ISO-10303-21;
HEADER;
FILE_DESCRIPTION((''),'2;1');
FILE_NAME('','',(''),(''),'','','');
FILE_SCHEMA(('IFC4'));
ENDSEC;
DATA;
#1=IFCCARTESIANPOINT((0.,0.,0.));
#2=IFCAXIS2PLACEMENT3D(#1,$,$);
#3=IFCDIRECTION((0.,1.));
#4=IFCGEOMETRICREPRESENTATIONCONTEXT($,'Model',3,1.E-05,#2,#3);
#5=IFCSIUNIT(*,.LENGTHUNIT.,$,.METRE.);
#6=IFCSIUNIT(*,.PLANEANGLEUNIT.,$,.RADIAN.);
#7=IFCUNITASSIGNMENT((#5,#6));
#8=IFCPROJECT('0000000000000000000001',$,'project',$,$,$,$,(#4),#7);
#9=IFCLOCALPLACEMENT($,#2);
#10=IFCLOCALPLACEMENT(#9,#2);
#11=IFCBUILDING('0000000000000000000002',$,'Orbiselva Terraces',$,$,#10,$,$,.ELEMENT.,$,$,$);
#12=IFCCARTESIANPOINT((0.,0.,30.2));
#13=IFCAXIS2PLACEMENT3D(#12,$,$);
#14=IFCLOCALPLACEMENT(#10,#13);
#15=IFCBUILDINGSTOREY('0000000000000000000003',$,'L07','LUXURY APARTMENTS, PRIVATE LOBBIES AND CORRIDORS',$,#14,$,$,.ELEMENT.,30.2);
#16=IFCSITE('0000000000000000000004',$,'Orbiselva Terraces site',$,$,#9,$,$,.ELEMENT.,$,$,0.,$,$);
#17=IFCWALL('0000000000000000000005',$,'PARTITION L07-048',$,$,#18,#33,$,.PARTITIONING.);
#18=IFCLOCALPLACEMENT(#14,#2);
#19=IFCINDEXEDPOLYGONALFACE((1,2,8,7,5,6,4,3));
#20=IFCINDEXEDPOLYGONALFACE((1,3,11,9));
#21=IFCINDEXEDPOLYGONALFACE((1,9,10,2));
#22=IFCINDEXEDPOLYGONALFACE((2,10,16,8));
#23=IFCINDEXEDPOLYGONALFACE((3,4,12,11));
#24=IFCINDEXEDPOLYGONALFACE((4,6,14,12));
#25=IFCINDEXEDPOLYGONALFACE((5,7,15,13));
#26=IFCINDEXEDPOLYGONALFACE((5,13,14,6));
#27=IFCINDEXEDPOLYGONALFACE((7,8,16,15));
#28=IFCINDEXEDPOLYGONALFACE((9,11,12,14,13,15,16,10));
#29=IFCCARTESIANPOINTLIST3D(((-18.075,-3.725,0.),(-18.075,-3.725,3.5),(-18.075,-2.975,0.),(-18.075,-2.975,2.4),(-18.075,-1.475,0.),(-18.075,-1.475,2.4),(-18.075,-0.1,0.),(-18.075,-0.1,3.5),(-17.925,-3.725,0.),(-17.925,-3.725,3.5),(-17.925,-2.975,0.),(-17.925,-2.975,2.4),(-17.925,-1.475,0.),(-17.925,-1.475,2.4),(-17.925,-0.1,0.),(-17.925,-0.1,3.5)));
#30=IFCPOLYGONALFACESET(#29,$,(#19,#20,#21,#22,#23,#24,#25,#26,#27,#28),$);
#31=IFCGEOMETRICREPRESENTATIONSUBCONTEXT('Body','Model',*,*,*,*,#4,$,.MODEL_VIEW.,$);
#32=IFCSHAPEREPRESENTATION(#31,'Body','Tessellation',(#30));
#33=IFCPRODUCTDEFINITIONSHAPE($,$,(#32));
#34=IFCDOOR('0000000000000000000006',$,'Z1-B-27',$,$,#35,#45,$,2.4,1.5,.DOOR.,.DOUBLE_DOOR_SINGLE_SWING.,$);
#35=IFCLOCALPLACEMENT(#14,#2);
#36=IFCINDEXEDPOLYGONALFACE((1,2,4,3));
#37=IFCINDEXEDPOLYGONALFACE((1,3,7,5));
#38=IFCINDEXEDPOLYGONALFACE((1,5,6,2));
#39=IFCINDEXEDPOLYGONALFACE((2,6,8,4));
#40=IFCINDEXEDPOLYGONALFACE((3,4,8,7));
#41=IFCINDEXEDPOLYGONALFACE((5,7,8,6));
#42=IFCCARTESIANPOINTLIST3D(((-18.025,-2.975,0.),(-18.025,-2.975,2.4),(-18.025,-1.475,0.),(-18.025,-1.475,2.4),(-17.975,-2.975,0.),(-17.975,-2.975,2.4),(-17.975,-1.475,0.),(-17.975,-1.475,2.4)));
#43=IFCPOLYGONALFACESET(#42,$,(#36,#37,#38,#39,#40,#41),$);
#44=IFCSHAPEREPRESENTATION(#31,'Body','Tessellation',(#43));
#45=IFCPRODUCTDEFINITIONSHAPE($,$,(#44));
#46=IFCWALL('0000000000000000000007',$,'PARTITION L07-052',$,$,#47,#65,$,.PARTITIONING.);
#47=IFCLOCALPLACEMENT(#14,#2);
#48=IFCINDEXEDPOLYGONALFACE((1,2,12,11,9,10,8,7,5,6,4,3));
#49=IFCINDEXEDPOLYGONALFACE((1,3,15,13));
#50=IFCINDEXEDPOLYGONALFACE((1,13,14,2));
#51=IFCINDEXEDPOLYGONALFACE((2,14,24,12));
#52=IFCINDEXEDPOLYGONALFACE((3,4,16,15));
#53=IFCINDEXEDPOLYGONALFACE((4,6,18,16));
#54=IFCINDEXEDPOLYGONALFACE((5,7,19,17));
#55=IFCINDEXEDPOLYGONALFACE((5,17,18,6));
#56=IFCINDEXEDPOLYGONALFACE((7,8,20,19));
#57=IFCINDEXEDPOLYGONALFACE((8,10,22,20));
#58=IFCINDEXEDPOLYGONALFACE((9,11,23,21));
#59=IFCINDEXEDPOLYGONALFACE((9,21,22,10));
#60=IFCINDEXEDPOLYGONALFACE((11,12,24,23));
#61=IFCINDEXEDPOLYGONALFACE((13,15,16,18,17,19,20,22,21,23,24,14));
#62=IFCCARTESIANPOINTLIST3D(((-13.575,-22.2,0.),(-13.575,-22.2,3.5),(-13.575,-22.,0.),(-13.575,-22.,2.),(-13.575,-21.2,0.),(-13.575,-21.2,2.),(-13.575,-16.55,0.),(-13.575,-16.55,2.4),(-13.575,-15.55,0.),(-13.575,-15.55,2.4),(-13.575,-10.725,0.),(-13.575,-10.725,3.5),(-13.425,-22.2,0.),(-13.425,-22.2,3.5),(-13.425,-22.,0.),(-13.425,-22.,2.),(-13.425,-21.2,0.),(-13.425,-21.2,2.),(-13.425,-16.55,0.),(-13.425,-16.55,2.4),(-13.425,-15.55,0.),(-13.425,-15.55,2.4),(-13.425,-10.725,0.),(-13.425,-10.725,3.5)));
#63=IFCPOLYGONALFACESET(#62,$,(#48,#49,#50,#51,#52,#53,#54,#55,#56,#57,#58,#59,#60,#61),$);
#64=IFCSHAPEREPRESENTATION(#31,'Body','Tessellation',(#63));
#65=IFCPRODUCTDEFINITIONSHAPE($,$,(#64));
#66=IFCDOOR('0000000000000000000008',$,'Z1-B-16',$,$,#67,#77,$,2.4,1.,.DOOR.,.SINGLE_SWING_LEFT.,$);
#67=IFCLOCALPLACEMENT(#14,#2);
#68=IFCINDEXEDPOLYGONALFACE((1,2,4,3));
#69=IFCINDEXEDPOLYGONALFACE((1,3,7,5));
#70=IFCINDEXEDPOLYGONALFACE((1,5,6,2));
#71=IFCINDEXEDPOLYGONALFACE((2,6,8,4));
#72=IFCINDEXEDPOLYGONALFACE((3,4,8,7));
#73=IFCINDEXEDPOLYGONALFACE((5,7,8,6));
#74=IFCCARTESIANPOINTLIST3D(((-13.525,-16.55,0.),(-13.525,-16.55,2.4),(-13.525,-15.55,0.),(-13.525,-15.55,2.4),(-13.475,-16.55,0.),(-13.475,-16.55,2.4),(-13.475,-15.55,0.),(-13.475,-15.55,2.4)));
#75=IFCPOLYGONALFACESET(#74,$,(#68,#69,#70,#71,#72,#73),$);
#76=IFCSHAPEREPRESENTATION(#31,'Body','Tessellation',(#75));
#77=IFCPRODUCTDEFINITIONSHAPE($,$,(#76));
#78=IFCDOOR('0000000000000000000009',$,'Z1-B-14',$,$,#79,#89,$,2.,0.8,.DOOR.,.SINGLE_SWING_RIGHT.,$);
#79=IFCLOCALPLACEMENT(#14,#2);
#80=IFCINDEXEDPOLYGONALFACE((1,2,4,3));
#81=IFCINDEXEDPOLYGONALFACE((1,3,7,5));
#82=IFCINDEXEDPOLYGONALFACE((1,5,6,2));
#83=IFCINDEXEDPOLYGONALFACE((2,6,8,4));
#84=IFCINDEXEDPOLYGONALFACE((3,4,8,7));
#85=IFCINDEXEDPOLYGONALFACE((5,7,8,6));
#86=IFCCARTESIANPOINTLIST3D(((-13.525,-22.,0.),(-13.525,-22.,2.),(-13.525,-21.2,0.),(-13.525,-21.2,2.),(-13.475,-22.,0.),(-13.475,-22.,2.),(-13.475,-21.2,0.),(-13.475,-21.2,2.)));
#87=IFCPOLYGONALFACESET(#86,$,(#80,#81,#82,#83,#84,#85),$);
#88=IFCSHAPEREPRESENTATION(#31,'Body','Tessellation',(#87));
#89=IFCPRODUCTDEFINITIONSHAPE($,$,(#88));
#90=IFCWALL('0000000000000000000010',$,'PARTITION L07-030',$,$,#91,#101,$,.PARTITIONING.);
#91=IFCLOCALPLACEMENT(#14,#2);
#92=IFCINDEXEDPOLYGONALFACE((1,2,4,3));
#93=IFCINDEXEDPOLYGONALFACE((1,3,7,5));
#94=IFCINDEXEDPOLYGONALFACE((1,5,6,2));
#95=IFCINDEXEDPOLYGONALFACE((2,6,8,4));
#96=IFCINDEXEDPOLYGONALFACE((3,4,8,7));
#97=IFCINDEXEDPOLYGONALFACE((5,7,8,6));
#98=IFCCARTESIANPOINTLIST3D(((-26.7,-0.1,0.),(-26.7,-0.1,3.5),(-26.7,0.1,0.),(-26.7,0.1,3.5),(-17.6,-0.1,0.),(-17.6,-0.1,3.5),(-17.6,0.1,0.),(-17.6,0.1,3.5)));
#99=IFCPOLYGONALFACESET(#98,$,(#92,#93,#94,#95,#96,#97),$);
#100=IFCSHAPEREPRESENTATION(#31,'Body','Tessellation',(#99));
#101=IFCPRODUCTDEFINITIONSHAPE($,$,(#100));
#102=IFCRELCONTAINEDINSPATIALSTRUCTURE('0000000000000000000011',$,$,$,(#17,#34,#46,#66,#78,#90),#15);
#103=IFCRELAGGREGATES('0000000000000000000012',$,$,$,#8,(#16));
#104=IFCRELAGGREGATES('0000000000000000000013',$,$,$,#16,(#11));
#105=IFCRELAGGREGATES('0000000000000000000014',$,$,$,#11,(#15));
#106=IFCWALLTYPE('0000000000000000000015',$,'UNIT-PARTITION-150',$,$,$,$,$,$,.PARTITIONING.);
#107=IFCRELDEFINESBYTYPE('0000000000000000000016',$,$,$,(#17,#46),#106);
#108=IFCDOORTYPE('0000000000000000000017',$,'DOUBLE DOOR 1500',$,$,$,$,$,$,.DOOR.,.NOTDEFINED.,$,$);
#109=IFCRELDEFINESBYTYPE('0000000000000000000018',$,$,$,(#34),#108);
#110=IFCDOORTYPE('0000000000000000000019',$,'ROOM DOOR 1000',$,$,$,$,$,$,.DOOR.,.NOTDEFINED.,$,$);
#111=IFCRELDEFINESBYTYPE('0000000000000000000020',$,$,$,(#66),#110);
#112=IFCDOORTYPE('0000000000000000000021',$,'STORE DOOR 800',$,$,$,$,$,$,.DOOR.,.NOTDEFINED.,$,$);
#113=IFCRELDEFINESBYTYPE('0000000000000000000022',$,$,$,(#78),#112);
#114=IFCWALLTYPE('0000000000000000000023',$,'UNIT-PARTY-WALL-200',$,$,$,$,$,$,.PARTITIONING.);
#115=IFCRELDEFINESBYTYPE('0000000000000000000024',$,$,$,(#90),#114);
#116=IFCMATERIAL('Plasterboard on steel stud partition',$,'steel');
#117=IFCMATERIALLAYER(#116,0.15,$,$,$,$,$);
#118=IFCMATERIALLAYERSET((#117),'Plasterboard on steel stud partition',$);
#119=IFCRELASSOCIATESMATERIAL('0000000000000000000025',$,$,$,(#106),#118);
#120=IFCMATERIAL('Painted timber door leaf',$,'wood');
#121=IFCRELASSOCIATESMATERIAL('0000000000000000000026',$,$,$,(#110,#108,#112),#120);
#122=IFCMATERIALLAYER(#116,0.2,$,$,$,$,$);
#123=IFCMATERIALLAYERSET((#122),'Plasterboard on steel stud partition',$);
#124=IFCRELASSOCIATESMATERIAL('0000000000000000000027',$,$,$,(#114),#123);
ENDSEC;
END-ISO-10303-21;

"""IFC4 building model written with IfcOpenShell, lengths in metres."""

from ifc_helpers import new_model, si_unit, direction, frame, frame_2d, origin, place, context, subcontext, project, spatial, rectangle, extrude, material, layer, layer_set, type_object, element, fill, save


model = new_model("IFC4")

# Units and contexts
model_context = context("Model", 3, precision=1e-05, world=origin(), true_north=direction((0.0, 1.0)))
body_context = subcontext(model_context, "Body", "Model", "MODEL_VIEW")
ifc_project = project(units=[si_unit("LENGTHUNIT", "METRE"), si_unit("PLANEANGLEUNIT", "RADIAN")], contexts=[model_context])

# Site, building, storey
site_placement = place(None, origin())
site = spatial("IfcSite", under=ifc_project, at=site_placement, Name="Orbiselva Terraces site", CompositionType="ELEMENT", RefElevation=0.0)
building_placement = place(site_placement, origin())
building = spatial("IfcBuilding", under=site, at=building_placement, Name="Orbiselva Terraces", CompositionType="ELEMENT")
storey_placement = place(building_placement, frame((0.0, 0.0, 30.2)))
storey = spatial("IfcBuildingStorey", under=building, at=storey_placement, Name="L07", Description="LUXURY APARTMENTS, PRIVATE LOBBIES AND CORRIDORS", CompositionType="ELEMENT", Elevation=30.2)

# Shared definitions
ifc_material_1 = material(Name="Plasterboard on steel stud partition", Category="steel")
ifc_layer_1 = layer(ifc_material_1, 0.15)
ifc_layer_set_1 = layer_set([ifc_layer_1], Name="Plasterboard on steel stud partition")
wall_type_1 = type_object("IfcWallType", Name="UNIT-PARTITION-150", PredefinedType="PARTITIONING", material=ifc_layer_set_1)

# Shared definitions
ifc_material_2 = material(Name="Painted timber door leaf", Category="wood")
door_type_1 = type_object("IfcDoorType", Name="ROOM DOOR 1000", OperationType="NOTDEFINED", PredefinedType="DOOR", material=ifc_material_2)

# Wall, opening, door
wall_1_placement = place(storey_placement, frame((-18.0, -3.725, 0.0), z_axis=(0.0, 0.0, 1.0), x_axis=(0.0, 1.0, 0.0)))
wall_1 = element("IfcWall", 1, at=wall_1_placement, inside=storey, type_object=wall_type_1, Name="PARTITION L07-048", PredefinedType="PARTITIONING", context=body_context, shape_type="SweptSolid", body=[
    extrude(rectangle(XDim=3.625, YDim=0.15, at=frame_2d((1.8125, 0.0))), origin(), (0.0, 0.0, 1.0), 3.5),
])
opening_1_placement = place(wall_1_placement, frame((0.75, 0.0, 0.0)))
opening_1 = element("IfcOpeningElement", 2, at=opening_1_placement, cuts=wall_1, PredefinedType="OPENING", context=body_context, shape_type="SweptSolid", body=[
    extrude(rectangle(XDim=1.5, YDim=2.4, at=frame_2d((0.75, 1.2))), frame((0.0, 0.085, 0.0), z_axis=(0.0, -1.0, 0.0), x_axis=(1.0, 0.0, 0.0)), (0.0, 0.0, 1.0), 0.17),
])
door_type_2 = type_object("IfcDoorType", Name="DOUBLE DOOR 1500", OperationType="NOTDEFINED", PredefinedType="DOOR", material=ifc_material_2)
door_1_placement = place(opening_1_placement, origin())
door_1 = element("IfcDoor", 3, at=door_1_placement, inside=storey, type_object=door_type_2, Name="Z1-B-27", OperationType="DOUBLE_DOOR_SINGLE_SWING", OverallHeight=2.4, OverallWidth=1.5, PredefinedType="DOOR", context=body_context, shape_type="SweptSolid", body=[
    extrude(rectangle(XDim=1.5, YDim=2.4, at=frame_2d((0.75, 1.2))), frame((0.0, 0.025, 0.0), z_axis=(0.0, -1.0, 0.0), x_axis=(1.0, 0.0, 0.0)), (0.0, 0.0, 1.0), 0.05),
])
fill(opening_1, door_1)

# Wall, openings, doors
wall_2_placement = place(storey_placement, frame((-13.5, -10.725, 0.0), z_axis=(0.0, 0.0, 1.0), x_axis=(0.0, -1.0, 0.0)))
wall_2 = element("IfcWall", 4, at=wall_2_placement, inside=storey, type_object=wall_type_1, Name="PARTITION L07-052", PredefinedType="PARTITIONING", context=body_context, shape_type="SweptSolid", body=[
    extrude(rectangle(XDim=11.475, YDim=0.15, at=frame_2d((5.7375, 0.0))), origin(), (0.0, 0.0, 1.0), 3.5),
])
opening_2_placement = place(wall_2_placement, frame((10.475, 0.0, 0.0)))
opening_2 = element("IfcOpeningElement", 5, at=opening_2_placement, cuts=wall_2, PredefinedType="OPENING", context=body_context, shape_type="SweptSolid", body=[
    extrude(rectangle(XDim=0.8, YDim=2.0, at=frame_2d((0.4, 1.0))), frame((0.0, 0.085, 0.0), z_axis=(0.0, -1.0, 0.0), x_axis=(1.0, 0.0, 0.0)), (0.0, 0.0, 1.0), 0.17),
])
opening_3_placement = place(wall_2_placement, frame((4.825, 0.0, 0.0)))
opening_3 = element("IfcOpeningElement", 6, at=opening_3_placement, cuts=wall_2, PredefinedType="OPENING", context=body_context, shape_type="SweptSolid", body=[
    extrude(rectangle(XDim=1.0, YDim=2.4, at=frame_2d((0.5, 1.2))), frame((0.0, 0.085, 0.0), z_axis=(0.0, -1.0, 0.0), x_axis=(1.0, 0.0, 0.0)), (0.0, 0.0, 1.0), 0.17),
])
door_2_placement = place(opening_3_placement, origin())
door_2 = element("IfcDoor", 7, at=door_2_placement, inside=storey, type_object=door_type_1, Name="Z1-B-16", OperationType="SINGLE_SWING_LEFT", OverallHeight=2.4, OverallWidth=1.0, PredefinedType="DOOR", context=body_context, shape_type="SweptSolid", body=[
    extrude(rectangle(XDim=1.0, YDim=2.4, at=frame_2d((0.5, 1.2))), frame((0.0, 0.025, 0.0), z_axis=(0.0, -1.0, 0.0), x_axis=(1.0, 0.0, 0.0)), (0.0, 0.0, 1.0), 0.05),
])
fill(opening_3, door_2)
door_type_3 = type_object("IfcDoorType", Name="STORE DOOR 800", OperationType="NOTDEFINED", PredefinedType="DOOR", material=ifc_material_2)
door_3_placement = place(opening_2_placement, origin())
door_3 = element("IfcDoor", 8, at=door_3_placement, inside=storey, type_object=door_type_3, Name="Z1-B-14", OperationType="SINGLE_SWING_RIGHT", OverallHeight=2.0, OverallWidth=0.8, PredefinedType="DOOR", context=body_context, shape_type="SweptSolid", body=[
    extrude(rectangle(XDim=0.8, YDim=2.0, at=frame_2d((0.4, 1.0))), frame((0.0, 0.025, 0.0), z_axis=(0.0, -1.0, 0.0), x_axis=(1.0, 0.0, 0.0)), (0.0, 0.0, 1.0), 0.05),
])
fill(opening_2, door_3)

# Wall
ifc_layer_2 = layer(ifc_material_1, 0.2)
ifc_layer_set_2 = layer_set([ifc_layer_2], Name="Plasterboard on steel stud partition")
wall_type_2 = type_object("IfcWallType", Name="UNIT-PARTY-WALL-200", PredefinedType="PARTITIONING", material=ifc_layer_set_2)
wall_3_placement = place(storey_placement, frame((-26.7, 0.0, 0.0), z_axis=(0.0, 0.0, 1.0), x_axis=(1.0, 0.0, 0.0)))
element("IfcWall", 9, at=wall_3_placement, inside=storey, type_object=wall_type_2, Name="PARTITION L07-030", PredefinedType="PARTITIONING", context=body_context, shape_type="SweptSolid", body=[
    extrude(rectangle(XDim=9.1, YDim=0.2, at=frame_2d((4.55, 0.0))), origin(), (0.0, 0.0, 1.0), 3.5),
])

save(model, "model.ifc")
